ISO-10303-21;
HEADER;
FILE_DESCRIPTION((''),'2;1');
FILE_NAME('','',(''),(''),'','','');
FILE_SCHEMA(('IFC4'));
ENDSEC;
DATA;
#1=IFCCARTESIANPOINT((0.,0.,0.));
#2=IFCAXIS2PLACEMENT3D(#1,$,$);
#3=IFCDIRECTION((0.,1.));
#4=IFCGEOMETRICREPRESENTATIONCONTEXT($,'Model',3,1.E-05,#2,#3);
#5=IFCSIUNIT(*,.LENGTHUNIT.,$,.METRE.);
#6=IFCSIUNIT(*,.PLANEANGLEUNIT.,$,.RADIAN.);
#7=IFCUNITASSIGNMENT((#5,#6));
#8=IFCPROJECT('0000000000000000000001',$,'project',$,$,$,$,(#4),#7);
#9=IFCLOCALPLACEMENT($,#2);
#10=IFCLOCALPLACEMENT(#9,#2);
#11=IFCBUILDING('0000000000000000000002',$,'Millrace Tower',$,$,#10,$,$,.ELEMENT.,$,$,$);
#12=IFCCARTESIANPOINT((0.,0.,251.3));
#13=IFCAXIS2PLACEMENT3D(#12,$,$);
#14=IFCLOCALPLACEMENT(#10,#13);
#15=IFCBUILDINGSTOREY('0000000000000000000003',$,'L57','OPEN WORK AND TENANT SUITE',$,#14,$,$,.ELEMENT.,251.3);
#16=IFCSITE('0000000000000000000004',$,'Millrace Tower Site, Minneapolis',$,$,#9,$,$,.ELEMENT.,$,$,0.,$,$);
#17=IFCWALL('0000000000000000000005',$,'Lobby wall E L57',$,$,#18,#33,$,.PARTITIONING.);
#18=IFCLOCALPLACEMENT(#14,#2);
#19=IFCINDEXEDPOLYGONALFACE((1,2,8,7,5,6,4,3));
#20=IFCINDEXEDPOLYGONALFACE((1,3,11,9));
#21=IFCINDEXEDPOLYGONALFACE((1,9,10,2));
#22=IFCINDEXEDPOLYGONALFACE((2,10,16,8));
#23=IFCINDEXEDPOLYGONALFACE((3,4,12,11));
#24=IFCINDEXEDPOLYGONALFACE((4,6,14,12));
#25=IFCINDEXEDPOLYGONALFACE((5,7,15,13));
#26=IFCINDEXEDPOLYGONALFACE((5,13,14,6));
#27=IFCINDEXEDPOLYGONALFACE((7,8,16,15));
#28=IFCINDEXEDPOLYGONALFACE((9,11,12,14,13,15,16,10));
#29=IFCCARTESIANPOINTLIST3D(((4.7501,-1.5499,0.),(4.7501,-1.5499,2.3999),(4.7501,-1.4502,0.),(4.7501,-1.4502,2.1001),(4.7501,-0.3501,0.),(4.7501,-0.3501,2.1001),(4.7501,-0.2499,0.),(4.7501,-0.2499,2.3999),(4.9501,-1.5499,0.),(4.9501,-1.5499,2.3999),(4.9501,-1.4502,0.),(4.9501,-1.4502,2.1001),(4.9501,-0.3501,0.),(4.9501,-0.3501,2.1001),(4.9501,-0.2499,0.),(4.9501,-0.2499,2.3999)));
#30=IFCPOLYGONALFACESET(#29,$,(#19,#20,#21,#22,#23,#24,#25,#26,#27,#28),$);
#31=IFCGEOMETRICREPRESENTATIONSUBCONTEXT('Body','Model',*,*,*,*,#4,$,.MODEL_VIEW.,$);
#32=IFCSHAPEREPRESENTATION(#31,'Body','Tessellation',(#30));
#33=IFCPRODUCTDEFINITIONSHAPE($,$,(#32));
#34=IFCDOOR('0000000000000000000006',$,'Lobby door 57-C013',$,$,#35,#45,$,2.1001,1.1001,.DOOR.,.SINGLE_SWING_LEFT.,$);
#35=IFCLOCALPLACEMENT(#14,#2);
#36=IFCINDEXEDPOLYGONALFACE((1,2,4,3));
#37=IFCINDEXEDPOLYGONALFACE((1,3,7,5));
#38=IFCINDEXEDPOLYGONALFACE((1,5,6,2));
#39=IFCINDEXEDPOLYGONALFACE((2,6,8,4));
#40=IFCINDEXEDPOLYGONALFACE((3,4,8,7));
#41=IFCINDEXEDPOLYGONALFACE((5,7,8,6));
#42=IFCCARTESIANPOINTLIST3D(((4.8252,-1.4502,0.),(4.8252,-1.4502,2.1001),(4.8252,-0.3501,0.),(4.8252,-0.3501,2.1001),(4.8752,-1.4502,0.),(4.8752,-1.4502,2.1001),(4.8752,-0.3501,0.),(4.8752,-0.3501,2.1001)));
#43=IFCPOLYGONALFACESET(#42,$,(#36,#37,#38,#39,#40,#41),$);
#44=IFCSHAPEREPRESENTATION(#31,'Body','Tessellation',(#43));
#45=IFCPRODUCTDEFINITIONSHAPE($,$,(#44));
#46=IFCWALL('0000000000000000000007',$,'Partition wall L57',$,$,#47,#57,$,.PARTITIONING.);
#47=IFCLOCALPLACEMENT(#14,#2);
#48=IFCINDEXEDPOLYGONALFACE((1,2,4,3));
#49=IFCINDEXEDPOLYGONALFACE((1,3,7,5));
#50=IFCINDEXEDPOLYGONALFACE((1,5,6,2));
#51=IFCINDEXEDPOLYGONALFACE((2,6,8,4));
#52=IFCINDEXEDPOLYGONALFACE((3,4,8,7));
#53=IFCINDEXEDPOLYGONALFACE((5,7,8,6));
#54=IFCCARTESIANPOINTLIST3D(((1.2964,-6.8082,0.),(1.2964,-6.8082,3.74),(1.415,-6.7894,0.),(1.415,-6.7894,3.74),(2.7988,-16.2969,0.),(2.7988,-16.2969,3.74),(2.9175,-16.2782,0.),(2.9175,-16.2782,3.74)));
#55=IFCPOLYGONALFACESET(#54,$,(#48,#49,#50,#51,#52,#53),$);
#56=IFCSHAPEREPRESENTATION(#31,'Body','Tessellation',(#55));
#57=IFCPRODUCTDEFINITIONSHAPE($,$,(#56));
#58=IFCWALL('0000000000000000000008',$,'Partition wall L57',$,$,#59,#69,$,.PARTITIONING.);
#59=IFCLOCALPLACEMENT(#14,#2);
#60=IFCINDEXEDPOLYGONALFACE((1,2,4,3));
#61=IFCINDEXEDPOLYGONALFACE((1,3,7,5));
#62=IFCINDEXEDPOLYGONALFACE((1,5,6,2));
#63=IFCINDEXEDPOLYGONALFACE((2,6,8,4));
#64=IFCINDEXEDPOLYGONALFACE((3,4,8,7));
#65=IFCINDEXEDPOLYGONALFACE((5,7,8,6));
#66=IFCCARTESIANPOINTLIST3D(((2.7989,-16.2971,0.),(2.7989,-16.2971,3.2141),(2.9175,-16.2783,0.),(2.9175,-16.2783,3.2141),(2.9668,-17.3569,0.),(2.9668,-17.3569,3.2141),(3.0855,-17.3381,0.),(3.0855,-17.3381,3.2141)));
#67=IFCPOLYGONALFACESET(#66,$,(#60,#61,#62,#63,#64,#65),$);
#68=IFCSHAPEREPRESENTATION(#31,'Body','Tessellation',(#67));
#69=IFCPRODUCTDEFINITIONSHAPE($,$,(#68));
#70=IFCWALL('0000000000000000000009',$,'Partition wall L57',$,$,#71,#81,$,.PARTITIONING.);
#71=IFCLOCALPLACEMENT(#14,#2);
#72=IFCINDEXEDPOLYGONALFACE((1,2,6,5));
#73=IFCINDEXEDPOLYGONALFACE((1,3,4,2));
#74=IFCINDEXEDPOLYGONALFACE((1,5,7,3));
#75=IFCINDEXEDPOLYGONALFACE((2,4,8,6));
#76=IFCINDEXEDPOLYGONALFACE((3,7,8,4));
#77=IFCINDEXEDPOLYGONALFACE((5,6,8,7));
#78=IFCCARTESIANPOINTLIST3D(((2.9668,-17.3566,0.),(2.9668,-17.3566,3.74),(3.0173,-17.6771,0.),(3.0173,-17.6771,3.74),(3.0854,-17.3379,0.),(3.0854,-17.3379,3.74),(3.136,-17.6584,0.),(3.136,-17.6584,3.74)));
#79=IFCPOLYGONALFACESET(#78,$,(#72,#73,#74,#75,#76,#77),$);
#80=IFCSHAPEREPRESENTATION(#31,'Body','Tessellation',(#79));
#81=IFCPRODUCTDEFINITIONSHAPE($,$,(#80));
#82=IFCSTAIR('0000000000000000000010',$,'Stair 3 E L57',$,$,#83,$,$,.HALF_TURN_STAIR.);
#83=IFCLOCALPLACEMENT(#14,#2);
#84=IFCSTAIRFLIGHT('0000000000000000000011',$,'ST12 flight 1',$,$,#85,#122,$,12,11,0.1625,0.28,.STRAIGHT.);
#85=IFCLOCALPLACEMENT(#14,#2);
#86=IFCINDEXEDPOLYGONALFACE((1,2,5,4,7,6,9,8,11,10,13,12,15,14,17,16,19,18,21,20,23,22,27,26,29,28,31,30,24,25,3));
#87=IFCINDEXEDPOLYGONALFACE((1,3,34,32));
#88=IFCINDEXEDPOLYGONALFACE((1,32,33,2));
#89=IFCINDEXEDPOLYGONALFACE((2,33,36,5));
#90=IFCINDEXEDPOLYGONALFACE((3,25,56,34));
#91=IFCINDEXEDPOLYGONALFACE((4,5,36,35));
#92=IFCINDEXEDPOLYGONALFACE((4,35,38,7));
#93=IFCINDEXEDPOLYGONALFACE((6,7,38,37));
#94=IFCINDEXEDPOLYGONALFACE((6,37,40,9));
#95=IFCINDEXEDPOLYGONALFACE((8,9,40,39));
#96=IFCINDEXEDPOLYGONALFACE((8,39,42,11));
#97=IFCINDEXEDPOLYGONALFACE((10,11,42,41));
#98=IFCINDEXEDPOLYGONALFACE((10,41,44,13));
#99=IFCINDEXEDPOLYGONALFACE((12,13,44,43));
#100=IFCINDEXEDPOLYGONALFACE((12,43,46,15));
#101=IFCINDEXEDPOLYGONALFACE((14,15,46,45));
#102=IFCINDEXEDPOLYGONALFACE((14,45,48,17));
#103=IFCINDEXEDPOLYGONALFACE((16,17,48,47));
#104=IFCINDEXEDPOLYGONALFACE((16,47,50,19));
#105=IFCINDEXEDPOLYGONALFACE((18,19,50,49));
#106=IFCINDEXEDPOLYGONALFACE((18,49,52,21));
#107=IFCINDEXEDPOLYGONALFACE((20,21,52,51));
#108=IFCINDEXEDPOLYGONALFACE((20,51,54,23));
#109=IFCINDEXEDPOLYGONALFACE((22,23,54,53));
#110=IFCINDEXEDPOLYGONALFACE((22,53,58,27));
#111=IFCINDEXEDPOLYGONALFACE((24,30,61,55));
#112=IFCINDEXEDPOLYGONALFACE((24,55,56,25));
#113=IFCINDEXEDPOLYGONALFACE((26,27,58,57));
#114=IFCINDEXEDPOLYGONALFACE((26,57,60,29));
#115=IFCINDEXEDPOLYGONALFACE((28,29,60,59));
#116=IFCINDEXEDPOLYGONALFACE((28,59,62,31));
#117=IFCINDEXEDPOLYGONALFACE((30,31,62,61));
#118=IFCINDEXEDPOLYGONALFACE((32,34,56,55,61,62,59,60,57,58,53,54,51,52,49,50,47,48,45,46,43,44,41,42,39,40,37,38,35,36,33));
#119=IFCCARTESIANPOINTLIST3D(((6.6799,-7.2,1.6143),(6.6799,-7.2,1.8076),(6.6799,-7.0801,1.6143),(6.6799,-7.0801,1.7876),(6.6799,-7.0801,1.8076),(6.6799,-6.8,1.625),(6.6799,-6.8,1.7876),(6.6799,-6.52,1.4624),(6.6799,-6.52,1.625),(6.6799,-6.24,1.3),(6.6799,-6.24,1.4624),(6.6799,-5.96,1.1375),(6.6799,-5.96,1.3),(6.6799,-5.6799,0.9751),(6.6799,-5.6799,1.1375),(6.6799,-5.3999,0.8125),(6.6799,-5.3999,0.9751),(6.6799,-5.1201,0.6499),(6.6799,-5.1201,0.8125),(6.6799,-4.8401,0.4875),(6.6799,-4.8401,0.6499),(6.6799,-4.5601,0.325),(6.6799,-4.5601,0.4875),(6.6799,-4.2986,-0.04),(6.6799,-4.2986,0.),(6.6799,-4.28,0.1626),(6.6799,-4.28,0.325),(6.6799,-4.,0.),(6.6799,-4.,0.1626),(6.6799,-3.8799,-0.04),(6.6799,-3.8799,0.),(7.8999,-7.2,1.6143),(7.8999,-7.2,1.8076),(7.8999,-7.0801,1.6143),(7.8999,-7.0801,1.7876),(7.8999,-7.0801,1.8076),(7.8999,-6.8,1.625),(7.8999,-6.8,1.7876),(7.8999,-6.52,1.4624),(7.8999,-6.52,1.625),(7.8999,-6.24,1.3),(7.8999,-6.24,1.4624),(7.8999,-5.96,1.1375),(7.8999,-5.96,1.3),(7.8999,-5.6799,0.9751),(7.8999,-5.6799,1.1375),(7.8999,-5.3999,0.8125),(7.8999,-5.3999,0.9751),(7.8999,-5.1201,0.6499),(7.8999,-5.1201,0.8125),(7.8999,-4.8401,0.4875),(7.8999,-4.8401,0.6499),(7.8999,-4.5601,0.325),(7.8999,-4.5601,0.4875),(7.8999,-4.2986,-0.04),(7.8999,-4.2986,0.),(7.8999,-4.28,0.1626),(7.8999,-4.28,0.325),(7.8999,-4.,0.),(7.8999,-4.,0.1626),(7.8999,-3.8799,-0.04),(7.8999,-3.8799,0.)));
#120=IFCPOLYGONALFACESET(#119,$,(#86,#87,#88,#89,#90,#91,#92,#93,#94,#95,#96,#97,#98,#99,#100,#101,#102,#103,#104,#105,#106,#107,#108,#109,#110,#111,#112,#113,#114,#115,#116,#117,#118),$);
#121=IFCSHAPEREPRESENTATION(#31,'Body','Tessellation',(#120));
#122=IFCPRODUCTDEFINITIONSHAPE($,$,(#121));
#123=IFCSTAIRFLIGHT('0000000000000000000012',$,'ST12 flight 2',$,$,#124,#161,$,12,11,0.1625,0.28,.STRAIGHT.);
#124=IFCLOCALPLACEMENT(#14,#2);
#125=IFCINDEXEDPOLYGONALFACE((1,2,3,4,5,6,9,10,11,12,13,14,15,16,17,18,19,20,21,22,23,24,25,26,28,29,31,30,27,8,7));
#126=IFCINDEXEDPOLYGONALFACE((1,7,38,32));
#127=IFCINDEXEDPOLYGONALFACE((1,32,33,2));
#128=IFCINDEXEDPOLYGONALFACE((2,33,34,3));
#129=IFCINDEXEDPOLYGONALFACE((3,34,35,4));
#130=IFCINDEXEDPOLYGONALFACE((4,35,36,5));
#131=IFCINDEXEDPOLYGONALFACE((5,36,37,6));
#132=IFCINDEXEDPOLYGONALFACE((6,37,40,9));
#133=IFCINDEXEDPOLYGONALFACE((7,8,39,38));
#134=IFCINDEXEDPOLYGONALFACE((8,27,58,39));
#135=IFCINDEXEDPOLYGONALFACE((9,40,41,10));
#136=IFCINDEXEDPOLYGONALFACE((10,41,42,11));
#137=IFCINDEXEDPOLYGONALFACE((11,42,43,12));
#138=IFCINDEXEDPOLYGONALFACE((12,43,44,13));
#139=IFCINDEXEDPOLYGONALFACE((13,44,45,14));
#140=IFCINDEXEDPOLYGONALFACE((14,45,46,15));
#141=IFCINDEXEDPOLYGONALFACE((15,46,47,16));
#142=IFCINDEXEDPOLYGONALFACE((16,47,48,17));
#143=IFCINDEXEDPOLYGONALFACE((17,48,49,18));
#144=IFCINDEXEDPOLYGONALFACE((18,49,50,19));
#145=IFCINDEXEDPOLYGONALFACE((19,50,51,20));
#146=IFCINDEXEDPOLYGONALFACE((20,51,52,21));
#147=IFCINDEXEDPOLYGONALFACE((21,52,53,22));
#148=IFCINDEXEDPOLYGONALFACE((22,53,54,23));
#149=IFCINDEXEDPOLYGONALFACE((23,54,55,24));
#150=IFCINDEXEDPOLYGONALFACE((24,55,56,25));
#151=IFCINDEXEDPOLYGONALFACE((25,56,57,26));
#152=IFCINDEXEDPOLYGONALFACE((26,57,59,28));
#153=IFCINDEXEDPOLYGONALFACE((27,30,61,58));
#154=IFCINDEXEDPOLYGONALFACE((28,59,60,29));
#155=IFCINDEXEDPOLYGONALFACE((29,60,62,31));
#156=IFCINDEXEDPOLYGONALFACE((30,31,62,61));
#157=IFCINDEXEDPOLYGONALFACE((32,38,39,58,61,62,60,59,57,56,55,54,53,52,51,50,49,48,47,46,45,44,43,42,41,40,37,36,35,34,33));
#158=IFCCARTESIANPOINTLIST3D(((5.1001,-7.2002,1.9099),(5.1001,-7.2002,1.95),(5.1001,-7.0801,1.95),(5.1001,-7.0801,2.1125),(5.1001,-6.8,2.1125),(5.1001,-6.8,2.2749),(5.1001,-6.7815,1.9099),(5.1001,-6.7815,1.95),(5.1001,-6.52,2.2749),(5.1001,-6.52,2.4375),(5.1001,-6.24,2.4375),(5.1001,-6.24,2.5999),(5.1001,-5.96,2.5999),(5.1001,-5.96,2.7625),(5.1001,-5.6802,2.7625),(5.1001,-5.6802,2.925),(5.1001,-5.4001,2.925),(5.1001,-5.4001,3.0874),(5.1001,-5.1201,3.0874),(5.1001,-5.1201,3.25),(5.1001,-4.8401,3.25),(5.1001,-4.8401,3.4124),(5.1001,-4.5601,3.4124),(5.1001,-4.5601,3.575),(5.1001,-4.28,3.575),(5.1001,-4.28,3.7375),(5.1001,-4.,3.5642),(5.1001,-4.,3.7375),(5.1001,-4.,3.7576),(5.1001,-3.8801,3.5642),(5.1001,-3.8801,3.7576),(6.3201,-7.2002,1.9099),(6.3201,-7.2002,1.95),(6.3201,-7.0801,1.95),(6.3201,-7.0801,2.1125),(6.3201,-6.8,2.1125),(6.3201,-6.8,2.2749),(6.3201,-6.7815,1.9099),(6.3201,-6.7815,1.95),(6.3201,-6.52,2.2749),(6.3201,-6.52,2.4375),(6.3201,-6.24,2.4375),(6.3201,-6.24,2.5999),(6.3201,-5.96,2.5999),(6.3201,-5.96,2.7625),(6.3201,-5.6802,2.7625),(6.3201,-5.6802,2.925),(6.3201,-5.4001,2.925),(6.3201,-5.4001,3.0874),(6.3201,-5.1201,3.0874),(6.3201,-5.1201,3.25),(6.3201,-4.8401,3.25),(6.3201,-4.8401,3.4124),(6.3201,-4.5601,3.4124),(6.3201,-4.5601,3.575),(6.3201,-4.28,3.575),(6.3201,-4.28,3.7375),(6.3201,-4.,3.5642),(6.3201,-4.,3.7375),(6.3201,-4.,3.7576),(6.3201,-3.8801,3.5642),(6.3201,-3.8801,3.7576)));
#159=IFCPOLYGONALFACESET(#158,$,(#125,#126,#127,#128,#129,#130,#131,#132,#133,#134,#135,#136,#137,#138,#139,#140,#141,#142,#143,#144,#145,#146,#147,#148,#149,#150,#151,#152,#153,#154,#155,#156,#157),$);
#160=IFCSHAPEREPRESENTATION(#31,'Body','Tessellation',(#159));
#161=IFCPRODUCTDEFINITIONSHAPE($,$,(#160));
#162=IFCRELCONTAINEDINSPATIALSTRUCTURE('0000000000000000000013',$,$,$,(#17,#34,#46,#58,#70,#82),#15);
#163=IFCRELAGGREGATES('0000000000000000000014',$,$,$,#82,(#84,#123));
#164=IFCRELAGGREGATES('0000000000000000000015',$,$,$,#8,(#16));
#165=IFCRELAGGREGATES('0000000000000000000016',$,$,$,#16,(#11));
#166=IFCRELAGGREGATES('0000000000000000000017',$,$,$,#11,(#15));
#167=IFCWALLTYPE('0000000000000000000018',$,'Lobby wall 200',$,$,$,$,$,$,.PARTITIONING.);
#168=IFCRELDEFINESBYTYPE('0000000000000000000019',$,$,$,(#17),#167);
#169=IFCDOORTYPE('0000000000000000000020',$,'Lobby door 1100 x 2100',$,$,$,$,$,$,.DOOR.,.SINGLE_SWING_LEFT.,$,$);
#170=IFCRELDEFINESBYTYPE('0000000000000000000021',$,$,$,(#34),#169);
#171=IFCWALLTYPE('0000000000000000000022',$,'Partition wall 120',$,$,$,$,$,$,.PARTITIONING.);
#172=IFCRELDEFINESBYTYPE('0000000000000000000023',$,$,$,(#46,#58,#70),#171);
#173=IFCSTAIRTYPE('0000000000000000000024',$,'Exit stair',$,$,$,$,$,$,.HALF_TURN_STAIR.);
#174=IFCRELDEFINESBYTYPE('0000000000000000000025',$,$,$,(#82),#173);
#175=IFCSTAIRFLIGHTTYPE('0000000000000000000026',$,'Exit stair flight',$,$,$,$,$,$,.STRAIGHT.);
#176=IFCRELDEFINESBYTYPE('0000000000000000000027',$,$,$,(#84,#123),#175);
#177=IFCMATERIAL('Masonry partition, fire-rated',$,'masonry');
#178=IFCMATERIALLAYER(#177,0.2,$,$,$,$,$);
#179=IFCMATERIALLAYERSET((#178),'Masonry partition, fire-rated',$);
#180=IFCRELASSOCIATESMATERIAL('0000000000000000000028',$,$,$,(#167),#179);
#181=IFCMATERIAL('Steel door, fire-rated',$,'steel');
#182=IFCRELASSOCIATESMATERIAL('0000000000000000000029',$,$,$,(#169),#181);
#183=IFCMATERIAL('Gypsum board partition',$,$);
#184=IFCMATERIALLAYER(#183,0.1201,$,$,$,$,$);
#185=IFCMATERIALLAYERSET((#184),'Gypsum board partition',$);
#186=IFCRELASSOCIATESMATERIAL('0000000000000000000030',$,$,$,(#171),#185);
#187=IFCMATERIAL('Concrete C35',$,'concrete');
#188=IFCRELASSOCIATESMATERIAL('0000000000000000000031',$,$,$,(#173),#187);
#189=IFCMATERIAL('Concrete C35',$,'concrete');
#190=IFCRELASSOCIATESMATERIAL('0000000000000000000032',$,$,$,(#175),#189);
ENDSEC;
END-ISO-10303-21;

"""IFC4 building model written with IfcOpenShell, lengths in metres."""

from ifc_helpers import new_model, si_unit, direction, frame, frame_2d, origin, place, context, subcontext, project, spatial, polyline, rectangle, outline, extrude, material, layer, layer_set, type_object, element, fill, aggregate, save


model = new_model("IFC4")

# Units and contexts
model_context = context("Model", 3, precision=1e-05, world=origin(), true_north=direction((0.0, 1.0)))
body_context = subcontext(model_context, "Body", "Model", "MODEL_VIEW")
ifc_project = project(units=[si_unit("LENGTHUNIT", "METRE"), si_unit("PLANEANGLEUNIT", "RADIAN")], contexts=[model_context])

# Site, building, storey
site_placement = place(None, origin())
site = spatial("IfcSite", under=ifc_project, at=site_placement, Name="Millrace Tower Site, Minneapolis", CompositionType="ELEMENT", RefElevation=0.0)
building_placement = place(site_placement, origin())
building = spatial("IfcBuilding", under=site, at=building_placement, Name="Millrace Tower", CompositionType="ELEMENT")
storey_placement = place(building_placement, frame((0.0, 0.0, 251.3)))
storey = spatial("IfcBuildingStorey", under=building, at=storey_placement, Name="L57", Description="OPEN WORK AND TENANT SUITE", CompositionType="ELEMENT", Elevation=251.3)

# Shared definitions
placement_1 = place(storey_placement, origin())

# Wall, opening, door
ifc_material_1 = material(Name="Masonry partition, fire-rated", Category="masonry")
ifc_layer_1 = layer(ifc_material_1, 0.2)
ifc_layer_set_1 = layer_set([ifc_layer_1], Name="Masonry partition, fire-rated")
wall_type_1 = type_object("IfcWallType", Name="Lobby wall 200", PredefinedType="PARTITIONING", material=ifc_layer_set_1)
wall_1_placement = place(storey_placement, frame((4.8501, -0.25, 0.0), z_axis=(0.0, 0.0, 1.0), x_axis=(0.0, -1.0, 0.0)))
wall_1 = element("IfcWall", 1, at=wall_1_placement, inside=storey, type_object=wall_type_1, Name="Lobby wall E L57", PredefinedType="PARTITIONING", context=body_context, shape_type="SweptSolid", body=[
    extrude(rectangle(XDim=1.3, YDim=0.2, at=frame_2d((0.6499, 0.0))), origin(), (0.0, 0.0, 1.0), 2.3999),
])
opening_placement = place(wall_1_placement, frame((0.1001, 0.0, 0.0)))
opening = element("IfcOpeningElement", 2, at=opening_placement, cuts=wall_1, PredefinedType="OPENING", context=body_context, shape_type="SweptSolid", body=[
    extrude(rectangle(XDim=1.1001, YDim=2.1001, at=frame_2d((0.55, 1.05))), frame((0.0, 0.1099, 0.0), z_axis=(0.0, -1.0, 0.0), x_axis=(1.0, 0.0, 0.0)), (0.0, 0.0, 1.0), 0.22),
])
ifc_material_2 = material(Name="Steel door, fire-rated", Category="steel")
door_type = type_object("IfcDoorType", Name="Lobby door 1100 x 2100", OperationType="SINGLE_SWING_LEFT", PredefinedType="DOOR", material=ifc_material_2)
door_placement = place(opening_placement, frame((1.1001, 0.0, 0.0), z_axis=(0.0, 0.0, 1.0), x_axis=(-1.0, 0.0, 0.0)))
door = element("IfcDoor", 3, at=door_placement, inside=storey, type_object=door_type, Name="Lobby door 57-C013", OperationType="SINGLE_SWING_LEFT", OverallHeight=2.1001, OverallWidth=1.1001, PredefinedType="DOOR", context=body_context, shape_type="SweptSolid", body=[
    extrude(rectangle(XDim=1.1001, YDim=2.1001, at=frame_2d((0.55, 1.05))), frame((0.0, 0.0249, 0.0), z_axis=(0.0, -1.0, 0.0), x_axis=(1.0, 0.0, 0.0)), (0.0, 0.0, 1.0), 0.05),
])
fill(opening, door)

# Walls
ifc_material_3 = material(Name="Gypsum board partition")
ifc_layer_2 = layer(ifc_material_3, 0.1201)
ifc_layer_set_2 = layer_set([ifc_layer_2], Name="Gypsum board partition")
wall_type_2 = type_object("IfcWallType", Name="Partition wall 120", PredefinedType="PARTITIONING", material=ifc_layer_set_2)
wall_2_placement = place(storey_placement, frame((1.3557, -6.7988, 0.0), z_axis=(0.0, 0.0, 1.0), x_axis=(0.156391, -0.987695, 0.0)))
element("IfcWall", 4, at=wall_2_placement, inside=storey, type_object=wall_type_2, Name="Partition wall L57", PredefinedType="PARTITIONING", context=body_context, shape_type="SweptSolid", body=[
    extrude(rectangle(XDim=9.6069, YDim=0.1201, at=frame_2d((4.8035, 0.0))), origin(), (0.0, 0.0, 1.0), 3.74),
])
wall_3_placement = place(storey_placement, frame((2.8582, -16.2876, 0.0), z_axis=(0.0, 0.0, 1.0), x_axis=(0.156535, -0.987672, 0.0)))
element("IfcWall", 5, at=wall_3_placement, inside=storey, type_object=wall_type_2, Name="Partition wall L57", PredefinedType="PARTITIONING", context=body_context, shape_type="SweptSolid", body=[
    extrude(rectangle(XDim=1.073, YDim=0.1201, at=frame_2d((0.5366, 0.0))), origin(), (0.0, 0.0, 1.0), 3.2141),
])
wall_4_placement = place(storey_placement, frame((3.0261, -17.3474, 0.0), z_axis=(0.0, 0.0, 1.0), x_axis=(0.155731, -0.9878, 0.0)))
element("IfcWall", 6, at=wall_4_placement, inside=storey, type_object=wall_type_2, Name="Partition wall L57", PredefinedType="PARTITIONING", context=body_context, shape_type="SweptSolid", body=[
    extrude(rectangle(XDim=0.3245, YDim=0.1201, at=frame_2d((0.1621, 0.0))), origin(), (0.0, 0.0, 1.0), 3.74),
])

# Stair, stair flights
ifc_material_4 = material(Name="Concrete C35", Category="concrete")
stair_type = type_object("IfcStairType", Name="Exit stair", PredefinedType="HALF_TURN_STAIR", material=ifc_material_4)
stair = element("IfcStair", 7, at=placement_1, inside=storey, type_object=stair_type, Name="Stair 3 E L57", PredefinedType="HALF_TURN_STAIR")
ifc_material_5 = material(Name="Concrete C35", Category="concrete")
stair_flight_type = type_object("IfcStairFlightType", Name="Exit stair flight", PredefinedType="STRAIGHT", material=ifc_material_5)
stair_flight_1_placement = place(storey_placement, frame((7.29, -4.0, 0.0), z_axis=(0.0, 0.0, 1.0), x_axis=(0.0, -1.0, 0.0)))
stair_flight_1 = element("IfcStairFlight", 8, at=stair_flight_1_placement, type_object=stair_flight_type, Name="ST12 flight 1", NumberOfRisers=12, NumberOfTreads=11, PredefinedType="STRAIGHT", RiserHeight=0.1625, TreadLength=0.28, context=body_context, shape_type="SweptSolid", body=[
    extrude(outline(polyline([(-0.1201, -0.04), (-0.1201, 0.0), (0.0, 0.0), (0.0, 0.1626), (0.28, 0.1626), (0.28, 0.325), (0.5601, 0.325), (0.5601, 0.4875), (0.8401, 0.4875), (0.8401, 0.6499), (1.1201, 0.6499), (1.1201, 0.8125), (1.3999, 0.8125), (1.3999, 0.9751), (1.6799, 0.9751), (1.6799, 1.1375), (1.96, 1.1375), (1.96, 1.3), (2.24, 1.3), (2.24, 1.4624), (2.52, 1.4624), (2.52, 1.625), (2.8, 1.625), (2.8, 1.7876), (3.0801, 1.7876), (3.0801, 1.8076), (3.2, 1.8076), (3.2, 1.6143), (3.0801, 1.6143), (0.2986, 0.0), (0.2986, -0.04), (-0.1201, -0.04)])), frame((0.0, 0.6099, 0.0), z_axis=(0.0, -1.0, 0.0), x_axis=(1.0, 0.0, 0.0)), (0.0, 0.0, 1.0), 1.22),
])
stair_flight_2_placement = place(storey_placement, frame((5.71, -7.0801, 1.95), z_axis=(0.0, 0.0, 1.0), x_axis=(0.0, 1.0, 0.0)))
stair_flight_2 = element("IfcStairFlight", 9, at=stair_flight_2_placement, type_object=stair_flight_type, Name="ST12 flight 2", NumberOfRisers=12, NumberOfTreads=11, PredefinedType="STRAIGHT", RiserHeight=0.1625, TreadLength=0.28, context=body_context, shape_type="SweptSolid", body=[
    extrude(outline(polyline([(-0.1201, -0.04), (-0.1201, 0.0), (0.0, 0.0), (0.0, 0.1626), (0.28, 0.1626), (0.28, 0.325), (0.5601, 0.325), (0.5601, 0.4875), (0.8401, 0.4875), (0.8401, 0.6499), (1.1201, 0.6499), (1.1201, 0.8125), (1.3999, 0.8125), (1.3999, 0.9751), (1.6799, 0.9751), (1.6799, 1.1375), (1.96, 1.1375), (1.96, 1.3), (2.24, 1.3), (2.24, 1.4624), (2.52, 1.4624), (2.52, 1.625), (2.8, 1.625), (2.8, 1.7876), (3.0801, 1.7876), (3.0801, 1.8076), (3.2, 1.8076), (3.2, 1.6143), (3.0801, 1.6143), (0.2986, 0.0), (0.2986, -0.04), (-0.1201, -0.04)])), frame((0.0, 0.6099, 0.0), z_axis=(0.0, -1.0, 0.0), x_axis=(1.0, 0.0, 0.0)), (0.0, 0.0, 1.0), 1.22),
])
aggregate(stair, [stair_flight_1, stair_flight_2])

save(model, "model.ifc")
